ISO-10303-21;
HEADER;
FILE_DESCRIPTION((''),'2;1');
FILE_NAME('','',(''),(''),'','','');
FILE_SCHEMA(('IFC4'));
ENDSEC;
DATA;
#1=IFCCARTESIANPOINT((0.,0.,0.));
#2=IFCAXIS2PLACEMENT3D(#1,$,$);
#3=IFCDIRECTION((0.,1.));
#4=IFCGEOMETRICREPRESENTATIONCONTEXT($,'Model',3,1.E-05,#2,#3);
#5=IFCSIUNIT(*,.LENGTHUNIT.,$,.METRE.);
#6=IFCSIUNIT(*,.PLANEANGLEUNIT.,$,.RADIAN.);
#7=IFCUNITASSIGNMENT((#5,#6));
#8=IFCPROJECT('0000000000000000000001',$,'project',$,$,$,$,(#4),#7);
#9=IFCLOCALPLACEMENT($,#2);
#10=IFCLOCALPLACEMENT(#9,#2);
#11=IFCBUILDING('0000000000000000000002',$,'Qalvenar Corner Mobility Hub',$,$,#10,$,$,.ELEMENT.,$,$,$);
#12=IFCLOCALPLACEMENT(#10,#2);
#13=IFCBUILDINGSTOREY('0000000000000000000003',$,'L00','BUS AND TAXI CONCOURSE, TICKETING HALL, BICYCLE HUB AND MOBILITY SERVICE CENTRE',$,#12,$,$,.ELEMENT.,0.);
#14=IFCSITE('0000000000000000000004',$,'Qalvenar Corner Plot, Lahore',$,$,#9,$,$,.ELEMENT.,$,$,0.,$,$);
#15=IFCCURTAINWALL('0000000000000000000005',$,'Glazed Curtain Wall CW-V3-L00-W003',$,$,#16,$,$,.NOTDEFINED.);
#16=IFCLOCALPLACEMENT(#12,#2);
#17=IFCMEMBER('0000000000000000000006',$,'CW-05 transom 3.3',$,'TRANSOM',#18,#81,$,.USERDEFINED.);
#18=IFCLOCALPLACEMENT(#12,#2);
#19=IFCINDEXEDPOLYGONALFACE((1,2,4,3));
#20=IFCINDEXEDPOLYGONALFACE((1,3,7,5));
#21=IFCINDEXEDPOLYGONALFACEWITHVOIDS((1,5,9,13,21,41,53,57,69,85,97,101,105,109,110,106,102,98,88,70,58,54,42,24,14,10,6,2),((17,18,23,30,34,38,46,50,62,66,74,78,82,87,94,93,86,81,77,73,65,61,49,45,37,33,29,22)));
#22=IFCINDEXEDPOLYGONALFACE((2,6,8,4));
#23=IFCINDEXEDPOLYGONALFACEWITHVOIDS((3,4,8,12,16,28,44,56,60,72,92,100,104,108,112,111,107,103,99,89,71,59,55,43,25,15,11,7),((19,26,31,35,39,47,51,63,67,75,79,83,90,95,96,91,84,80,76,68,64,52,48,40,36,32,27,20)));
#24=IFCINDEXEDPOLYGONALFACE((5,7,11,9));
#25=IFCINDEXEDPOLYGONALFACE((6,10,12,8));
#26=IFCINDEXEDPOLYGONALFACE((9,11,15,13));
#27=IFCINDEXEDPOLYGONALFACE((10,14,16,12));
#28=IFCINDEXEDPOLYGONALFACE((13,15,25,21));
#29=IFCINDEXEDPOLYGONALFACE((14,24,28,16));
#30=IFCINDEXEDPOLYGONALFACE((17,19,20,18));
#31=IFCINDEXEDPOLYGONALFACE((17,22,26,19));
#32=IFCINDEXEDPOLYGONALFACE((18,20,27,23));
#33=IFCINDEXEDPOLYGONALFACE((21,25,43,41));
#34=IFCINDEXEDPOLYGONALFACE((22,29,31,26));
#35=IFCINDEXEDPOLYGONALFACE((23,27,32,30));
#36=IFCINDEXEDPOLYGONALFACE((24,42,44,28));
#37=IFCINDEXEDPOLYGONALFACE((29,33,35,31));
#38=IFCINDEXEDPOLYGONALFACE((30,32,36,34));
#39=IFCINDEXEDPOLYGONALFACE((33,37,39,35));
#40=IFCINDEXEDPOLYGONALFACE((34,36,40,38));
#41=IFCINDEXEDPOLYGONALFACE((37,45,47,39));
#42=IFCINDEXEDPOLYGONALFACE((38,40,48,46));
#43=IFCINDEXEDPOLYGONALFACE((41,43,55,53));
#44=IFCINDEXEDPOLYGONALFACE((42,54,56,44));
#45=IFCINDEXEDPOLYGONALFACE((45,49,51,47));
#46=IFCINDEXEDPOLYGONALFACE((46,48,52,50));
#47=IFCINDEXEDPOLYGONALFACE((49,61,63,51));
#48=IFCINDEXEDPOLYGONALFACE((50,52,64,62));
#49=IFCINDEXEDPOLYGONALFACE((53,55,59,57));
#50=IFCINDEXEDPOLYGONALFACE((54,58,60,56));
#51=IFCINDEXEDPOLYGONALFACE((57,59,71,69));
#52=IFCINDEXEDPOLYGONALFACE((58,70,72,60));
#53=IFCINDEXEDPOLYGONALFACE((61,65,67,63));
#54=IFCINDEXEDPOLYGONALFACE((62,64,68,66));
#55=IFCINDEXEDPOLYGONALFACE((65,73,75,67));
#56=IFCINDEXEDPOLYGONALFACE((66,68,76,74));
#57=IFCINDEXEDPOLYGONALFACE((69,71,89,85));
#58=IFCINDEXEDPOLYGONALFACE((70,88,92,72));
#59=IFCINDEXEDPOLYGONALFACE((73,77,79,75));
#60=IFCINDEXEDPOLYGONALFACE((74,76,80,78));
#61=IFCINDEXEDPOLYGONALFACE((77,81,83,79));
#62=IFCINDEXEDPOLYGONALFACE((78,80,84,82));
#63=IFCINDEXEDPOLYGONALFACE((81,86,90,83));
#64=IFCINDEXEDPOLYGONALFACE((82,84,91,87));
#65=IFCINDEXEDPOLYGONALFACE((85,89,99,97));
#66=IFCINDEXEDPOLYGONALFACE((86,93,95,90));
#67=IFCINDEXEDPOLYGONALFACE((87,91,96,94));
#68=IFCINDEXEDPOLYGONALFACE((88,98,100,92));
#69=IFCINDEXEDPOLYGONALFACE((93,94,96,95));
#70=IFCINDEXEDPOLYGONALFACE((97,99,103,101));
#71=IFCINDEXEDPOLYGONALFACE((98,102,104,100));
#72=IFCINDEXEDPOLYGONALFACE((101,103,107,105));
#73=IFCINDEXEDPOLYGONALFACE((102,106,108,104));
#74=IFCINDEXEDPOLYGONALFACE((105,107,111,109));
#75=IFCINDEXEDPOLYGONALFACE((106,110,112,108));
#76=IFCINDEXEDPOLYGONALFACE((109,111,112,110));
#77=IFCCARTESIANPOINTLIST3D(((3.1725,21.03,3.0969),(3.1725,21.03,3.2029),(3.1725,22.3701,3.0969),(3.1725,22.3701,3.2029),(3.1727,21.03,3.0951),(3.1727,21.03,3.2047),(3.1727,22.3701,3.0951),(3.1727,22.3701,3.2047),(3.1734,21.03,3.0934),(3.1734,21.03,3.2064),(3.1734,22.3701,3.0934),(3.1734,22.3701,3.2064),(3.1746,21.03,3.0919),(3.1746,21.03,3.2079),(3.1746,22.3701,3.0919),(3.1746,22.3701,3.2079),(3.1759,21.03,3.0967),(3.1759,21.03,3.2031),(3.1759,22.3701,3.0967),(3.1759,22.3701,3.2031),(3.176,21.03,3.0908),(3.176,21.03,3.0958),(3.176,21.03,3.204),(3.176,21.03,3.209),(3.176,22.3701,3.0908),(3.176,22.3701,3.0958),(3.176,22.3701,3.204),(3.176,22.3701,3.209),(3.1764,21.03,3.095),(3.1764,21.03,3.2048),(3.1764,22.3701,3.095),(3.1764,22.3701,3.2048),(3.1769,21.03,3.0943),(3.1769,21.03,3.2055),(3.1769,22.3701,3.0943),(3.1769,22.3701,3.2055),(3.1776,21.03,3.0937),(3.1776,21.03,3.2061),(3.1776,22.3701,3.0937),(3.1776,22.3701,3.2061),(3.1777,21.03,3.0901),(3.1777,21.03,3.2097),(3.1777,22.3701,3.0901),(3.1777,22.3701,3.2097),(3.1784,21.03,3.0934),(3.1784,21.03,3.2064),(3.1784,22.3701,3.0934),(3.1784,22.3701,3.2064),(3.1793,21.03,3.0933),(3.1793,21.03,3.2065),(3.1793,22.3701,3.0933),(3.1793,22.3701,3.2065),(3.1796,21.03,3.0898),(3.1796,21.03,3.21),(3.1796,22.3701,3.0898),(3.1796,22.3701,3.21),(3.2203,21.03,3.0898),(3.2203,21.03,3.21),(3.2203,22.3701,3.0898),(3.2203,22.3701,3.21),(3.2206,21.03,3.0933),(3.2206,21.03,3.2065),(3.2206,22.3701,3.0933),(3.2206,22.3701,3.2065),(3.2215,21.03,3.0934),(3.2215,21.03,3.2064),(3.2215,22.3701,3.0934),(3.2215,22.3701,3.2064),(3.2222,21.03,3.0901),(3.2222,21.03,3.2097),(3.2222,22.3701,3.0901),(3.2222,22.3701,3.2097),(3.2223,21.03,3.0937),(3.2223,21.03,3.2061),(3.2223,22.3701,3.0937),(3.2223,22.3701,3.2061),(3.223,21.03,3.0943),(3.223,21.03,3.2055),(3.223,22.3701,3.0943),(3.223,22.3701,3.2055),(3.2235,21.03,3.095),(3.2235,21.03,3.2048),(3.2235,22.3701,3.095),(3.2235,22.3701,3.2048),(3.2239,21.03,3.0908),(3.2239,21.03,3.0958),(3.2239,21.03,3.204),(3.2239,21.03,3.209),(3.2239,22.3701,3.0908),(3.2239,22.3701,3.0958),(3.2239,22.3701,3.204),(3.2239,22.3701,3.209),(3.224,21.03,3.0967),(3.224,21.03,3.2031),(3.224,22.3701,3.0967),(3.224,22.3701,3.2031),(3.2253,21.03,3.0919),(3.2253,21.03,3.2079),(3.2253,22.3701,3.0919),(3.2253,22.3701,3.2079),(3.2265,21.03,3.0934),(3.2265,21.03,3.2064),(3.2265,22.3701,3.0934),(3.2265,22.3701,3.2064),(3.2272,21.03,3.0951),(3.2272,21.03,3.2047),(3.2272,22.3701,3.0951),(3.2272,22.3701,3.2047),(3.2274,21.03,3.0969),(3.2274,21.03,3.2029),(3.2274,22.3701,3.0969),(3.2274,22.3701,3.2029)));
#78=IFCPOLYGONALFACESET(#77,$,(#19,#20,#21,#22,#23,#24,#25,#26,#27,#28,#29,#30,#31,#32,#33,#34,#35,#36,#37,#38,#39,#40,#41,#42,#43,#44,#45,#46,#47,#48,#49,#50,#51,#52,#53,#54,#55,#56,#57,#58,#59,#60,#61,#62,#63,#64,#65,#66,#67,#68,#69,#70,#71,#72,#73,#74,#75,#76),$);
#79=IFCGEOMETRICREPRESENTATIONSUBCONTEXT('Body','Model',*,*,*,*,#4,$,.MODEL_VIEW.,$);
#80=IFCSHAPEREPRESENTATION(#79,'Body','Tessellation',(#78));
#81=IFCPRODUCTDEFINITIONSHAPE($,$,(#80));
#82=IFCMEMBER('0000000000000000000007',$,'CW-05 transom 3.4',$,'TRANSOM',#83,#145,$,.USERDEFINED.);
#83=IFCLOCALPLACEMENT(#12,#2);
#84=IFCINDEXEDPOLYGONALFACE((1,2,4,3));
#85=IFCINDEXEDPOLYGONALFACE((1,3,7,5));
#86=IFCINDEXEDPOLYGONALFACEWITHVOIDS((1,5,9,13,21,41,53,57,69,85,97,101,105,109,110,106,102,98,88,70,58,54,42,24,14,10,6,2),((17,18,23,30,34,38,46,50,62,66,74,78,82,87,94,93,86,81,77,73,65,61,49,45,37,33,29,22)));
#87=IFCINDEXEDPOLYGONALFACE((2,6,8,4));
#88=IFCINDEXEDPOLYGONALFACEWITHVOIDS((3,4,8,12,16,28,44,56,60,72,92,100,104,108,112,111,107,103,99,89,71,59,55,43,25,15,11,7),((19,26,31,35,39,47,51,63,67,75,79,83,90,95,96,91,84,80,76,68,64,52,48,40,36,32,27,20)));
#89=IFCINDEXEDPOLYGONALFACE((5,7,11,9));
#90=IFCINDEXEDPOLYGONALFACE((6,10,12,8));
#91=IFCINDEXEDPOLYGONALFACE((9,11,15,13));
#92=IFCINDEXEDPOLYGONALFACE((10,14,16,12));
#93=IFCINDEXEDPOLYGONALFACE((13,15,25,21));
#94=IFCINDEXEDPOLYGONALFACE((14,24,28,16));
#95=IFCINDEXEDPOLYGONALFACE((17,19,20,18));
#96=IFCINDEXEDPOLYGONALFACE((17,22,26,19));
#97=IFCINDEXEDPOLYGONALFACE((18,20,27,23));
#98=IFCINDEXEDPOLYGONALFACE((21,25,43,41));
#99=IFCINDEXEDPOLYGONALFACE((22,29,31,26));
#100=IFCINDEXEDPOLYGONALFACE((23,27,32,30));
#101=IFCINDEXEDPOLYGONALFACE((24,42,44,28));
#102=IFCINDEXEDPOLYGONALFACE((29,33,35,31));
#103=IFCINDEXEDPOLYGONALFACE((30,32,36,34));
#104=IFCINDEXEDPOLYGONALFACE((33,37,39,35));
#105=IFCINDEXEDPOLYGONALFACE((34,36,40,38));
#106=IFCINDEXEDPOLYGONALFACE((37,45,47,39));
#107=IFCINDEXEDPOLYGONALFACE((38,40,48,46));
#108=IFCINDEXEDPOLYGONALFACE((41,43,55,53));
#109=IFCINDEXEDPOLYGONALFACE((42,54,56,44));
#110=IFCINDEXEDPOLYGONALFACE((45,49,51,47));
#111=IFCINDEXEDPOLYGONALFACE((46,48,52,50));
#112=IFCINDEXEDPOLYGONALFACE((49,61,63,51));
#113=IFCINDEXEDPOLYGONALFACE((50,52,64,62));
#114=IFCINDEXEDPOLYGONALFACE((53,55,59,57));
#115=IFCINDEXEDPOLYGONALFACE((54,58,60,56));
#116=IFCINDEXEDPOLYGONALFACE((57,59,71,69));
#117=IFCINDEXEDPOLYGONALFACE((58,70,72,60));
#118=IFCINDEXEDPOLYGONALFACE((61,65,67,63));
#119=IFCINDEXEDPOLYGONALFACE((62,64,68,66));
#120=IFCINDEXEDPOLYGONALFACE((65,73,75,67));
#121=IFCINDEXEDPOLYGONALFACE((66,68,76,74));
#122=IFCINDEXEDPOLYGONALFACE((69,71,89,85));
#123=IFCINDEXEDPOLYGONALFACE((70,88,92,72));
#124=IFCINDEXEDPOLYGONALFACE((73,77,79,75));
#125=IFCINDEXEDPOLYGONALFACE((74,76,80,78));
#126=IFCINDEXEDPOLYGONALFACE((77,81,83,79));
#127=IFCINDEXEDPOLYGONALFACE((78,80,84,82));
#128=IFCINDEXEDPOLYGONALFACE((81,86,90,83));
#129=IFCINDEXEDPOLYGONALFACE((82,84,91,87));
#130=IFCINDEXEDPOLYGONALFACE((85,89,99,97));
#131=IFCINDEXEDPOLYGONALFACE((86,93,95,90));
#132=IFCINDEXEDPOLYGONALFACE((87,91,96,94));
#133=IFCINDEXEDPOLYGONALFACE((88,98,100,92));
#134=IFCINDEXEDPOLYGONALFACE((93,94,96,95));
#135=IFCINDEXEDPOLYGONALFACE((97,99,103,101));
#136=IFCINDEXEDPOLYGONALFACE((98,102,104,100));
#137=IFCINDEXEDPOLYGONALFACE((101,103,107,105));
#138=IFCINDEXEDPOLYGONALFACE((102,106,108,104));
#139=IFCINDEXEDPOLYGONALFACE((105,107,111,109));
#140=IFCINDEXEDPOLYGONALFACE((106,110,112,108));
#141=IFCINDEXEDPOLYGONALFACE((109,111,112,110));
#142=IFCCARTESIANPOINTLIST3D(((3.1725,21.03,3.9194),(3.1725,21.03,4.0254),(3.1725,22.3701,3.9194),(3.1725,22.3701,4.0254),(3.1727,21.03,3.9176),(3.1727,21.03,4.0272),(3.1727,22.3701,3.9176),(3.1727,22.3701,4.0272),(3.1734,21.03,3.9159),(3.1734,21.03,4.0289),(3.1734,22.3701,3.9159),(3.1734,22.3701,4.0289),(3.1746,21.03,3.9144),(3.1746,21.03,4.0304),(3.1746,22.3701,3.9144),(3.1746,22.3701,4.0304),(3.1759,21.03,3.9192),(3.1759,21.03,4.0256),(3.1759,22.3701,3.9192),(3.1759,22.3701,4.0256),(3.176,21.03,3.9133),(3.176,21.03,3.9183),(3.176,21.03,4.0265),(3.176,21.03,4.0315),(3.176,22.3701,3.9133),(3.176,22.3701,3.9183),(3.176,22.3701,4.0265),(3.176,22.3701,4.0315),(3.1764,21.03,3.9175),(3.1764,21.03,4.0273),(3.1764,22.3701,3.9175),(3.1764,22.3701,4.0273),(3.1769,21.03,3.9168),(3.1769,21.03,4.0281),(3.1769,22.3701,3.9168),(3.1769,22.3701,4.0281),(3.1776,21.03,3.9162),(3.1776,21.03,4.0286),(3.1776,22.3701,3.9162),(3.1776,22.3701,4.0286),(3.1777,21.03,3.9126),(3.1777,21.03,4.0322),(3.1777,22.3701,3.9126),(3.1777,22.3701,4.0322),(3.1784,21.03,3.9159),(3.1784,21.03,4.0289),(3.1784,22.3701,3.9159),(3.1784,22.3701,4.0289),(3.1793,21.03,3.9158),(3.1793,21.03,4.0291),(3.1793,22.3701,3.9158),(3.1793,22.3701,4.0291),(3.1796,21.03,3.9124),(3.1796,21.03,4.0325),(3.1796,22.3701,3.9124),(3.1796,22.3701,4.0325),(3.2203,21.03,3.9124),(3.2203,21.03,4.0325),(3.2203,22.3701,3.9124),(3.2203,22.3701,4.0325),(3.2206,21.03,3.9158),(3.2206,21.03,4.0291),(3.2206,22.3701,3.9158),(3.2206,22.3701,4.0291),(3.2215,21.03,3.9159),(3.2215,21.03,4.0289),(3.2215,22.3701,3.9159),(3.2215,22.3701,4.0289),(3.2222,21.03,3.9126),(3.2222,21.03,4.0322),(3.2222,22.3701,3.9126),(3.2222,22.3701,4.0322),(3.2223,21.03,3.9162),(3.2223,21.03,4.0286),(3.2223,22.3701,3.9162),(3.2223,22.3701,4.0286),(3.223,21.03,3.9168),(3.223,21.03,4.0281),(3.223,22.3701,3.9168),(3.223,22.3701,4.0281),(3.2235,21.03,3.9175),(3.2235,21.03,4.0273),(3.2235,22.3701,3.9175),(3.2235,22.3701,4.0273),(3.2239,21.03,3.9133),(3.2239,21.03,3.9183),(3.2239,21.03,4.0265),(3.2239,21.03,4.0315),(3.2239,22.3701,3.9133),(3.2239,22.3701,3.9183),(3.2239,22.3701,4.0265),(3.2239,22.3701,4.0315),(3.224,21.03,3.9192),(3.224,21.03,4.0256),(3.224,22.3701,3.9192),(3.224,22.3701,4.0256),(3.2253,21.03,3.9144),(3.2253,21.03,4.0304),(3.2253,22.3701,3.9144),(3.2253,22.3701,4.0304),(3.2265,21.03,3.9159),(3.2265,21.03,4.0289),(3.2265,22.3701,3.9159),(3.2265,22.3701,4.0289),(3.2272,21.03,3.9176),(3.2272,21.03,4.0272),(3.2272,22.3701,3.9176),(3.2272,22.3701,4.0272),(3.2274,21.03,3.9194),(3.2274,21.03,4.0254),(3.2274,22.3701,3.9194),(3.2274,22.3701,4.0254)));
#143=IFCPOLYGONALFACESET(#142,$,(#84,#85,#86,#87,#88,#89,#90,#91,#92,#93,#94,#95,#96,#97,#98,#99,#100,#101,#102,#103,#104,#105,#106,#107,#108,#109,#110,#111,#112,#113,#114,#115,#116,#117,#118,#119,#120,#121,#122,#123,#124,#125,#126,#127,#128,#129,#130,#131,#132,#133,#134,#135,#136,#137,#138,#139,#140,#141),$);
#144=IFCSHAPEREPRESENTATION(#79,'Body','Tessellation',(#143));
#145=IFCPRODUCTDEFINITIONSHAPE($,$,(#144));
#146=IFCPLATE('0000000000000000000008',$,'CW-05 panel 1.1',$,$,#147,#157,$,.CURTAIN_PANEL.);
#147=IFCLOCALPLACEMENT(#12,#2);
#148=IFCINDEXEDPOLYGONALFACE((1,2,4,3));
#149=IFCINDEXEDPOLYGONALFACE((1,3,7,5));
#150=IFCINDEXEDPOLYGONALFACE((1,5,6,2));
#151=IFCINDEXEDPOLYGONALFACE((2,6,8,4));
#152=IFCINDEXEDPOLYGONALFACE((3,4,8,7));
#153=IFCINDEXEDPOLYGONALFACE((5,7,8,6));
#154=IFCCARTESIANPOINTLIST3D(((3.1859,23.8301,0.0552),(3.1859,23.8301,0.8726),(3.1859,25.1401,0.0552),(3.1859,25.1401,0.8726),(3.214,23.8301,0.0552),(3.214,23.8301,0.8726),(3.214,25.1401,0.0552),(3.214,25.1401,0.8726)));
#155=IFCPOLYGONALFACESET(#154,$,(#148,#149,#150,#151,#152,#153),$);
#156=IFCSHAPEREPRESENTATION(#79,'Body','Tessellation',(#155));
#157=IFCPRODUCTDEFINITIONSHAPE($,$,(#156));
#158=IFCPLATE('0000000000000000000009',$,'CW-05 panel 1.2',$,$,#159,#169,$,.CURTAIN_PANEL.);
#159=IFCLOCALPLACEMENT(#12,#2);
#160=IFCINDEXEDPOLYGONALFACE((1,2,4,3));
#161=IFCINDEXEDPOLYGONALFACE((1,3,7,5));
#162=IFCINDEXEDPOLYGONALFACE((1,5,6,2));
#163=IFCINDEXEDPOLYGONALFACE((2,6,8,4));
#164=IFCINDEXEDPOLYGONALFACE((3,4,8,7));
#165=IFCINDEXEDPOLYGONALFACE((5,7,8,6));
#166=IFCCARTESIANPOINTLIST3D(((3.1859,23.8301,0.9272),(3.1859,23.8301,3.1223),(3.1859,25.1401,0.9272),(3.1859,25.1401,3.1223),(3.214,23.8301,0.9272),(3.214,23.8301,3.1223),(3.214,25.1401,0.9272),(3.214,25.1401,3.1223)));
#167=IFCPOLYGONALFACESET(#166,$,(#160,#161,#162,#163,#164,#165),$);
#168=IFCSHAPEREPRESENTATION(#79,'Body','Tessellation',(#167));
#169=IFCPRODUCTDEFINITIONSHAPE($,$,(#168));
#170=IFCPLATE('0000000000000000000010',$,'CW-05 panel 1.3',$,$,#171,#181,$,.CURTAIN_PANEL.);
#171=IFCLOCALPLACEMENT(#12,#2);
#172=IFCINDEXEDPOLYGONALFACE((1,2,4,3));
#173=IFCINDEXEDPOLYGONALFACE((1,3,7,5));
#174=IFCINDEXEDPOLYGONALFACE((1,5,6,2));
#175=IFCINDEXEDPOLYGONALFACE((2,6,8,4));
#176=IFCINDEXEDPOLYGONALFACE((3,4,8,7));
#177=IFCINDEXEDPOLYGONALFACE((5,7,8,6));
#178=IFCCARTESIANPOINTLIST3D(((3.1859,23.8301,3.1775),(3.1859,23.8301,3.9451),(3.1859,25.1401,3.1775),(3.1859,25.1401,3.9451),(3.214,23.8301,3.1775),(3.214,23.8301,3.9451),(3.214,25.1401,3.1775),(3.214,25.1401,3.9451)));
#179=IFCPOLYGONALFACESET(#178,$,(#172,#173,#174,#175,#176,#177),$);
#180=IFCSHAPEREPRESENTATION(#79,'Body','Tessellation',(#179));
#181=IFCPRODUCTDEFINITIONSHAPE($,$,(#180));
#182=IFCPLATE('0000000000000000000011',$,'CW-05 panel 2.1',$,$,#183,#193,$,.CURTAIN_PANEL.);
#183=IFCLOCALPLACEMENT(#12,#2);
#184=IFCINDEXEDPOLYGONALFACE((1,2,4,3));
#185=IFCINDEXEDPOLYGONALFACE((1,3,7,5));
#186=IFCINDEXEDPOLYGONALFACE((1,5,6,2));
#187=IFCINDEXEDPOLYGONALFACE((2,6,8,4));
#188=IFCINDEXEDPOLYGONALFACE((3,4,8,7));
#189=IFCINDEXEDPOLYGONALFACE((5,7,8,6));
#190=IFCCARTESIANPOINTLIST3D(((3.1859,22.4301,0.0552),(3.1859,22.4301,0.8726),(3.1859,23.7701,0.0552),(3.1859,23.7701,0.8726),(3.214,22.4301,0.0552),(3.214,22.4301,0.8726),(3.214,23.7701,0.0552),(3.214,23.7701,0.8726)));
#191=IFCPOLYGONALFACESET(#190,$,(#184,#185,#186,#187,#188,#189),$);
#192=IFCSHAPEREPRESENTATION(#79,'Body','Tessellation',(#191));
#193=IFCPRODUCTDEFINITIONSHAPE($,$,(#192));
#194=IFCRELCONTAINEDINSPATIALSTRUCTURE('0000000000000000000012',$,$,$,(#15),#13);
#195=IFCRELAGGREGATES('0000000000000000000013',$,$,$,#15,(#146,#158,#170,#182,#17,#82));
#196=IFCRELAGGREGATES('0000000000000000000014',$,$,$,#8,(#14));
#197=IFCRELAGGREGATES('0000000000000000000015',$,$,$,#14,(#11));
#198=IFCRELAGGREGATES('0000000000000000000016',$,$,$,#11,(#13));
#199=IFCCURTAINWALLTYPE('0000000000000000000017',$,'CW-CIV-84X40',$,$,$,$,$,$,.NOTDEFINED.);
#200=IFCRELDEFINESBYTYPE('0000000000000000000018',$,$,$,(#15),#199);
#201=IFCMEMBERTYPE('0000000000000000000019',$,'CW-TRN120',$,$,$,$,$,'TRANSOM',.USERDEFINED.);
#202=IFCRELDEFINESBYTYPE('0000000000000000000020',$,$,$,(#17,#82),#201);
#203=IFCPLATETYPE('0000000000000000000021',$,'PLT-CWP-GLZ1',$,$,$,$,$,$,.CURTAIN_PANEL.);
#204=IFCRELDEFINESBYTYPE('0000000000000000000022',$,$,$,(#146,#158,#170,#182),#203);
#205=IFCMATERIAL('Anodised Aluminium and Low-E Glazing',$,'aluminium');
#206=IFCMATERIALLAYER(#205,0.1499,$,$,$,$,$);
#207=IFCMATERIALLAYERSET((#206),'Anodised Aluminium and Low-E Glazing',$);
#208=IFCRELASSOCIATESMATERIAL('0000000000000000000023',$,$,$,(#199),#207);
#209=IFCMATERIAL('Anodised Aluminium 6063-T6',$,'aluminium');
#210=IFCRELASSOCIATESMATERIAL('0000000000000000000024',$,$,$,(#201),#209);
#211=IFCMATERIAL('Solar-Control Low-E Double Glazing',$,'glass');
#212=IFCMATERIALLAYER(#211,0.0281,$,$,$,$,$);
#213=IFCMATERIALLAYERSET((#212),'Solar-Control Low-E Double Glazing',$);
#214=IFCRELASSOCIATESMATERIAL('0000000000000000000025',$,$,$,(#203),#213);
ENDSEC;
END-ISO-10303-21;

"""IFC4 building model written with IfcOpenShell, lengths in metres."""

from ifc_helpers import new_model, si_unit, direction, frame, origin, origin_2d, place, context, subcontext, project, spatial, rectangle, hollow_rectangle, extrude, material, layer, layer_set, material_profile, profile_set, type_object, element, aggregate, save


model = new_model("IFC4")

# Units and contexts
model_context = context("Model", 3, precision=1e-05, world=origin(), true_north=direction((0.0, 1.0)))
body_context = subcontext(model_context, "Body", "Model", "MODEL_VIEW")
ifc_project = project(units=[si_unit("LENGTHUNIT", "METRE"), si_unit("PLANEANGLEUNIT", "RADIAN")], contexts=[model_context])

# Site, building, storey
site_placement = place(None, origin())
site = spatial("IfcSite", under=ifc_project, at=site_placement, Name="Qalvenar Corner Plot, Lahore", CompositionType="ELEMENT", RefElevation=0.0)
building_placement = place(site_placement, origin())
building = spatial("IfcBuilding", under=site, at=building_placement, Name="Qalvenar Corner Mobility Hub", CompositionType="ELEMENT")
storey_placement = place(building_placement, origin())
storey = spatial("IfcBuildingStorey", under=building, at=storey_placement, Name="L00", Description="BUS AND TAXI CONCOURSE, TICKETING HALL, BICYCLE HUB AND MOBILITY SERVICE CENTRE", CompositionType="ELEMENT", Elevation=0.0)

# Curtain wall
ifc_material_1 = material(Name="Anodised Aluminium and Low-E Glazing", Category="aluminium")
ifc_layer_1 = layer(ifc_material_1, 0.1499)
ifc_layer_set_1 = layer_set([ifc_layer_1], Name="Anodised Aluminium and Low-E Glazing")
curtain_wall_type = type_object("IfcCurtainWallType", Name="CW-CIV-84X40", PredefinedType="NOTDEFINED", material=ifc_layer_set_1)
curtain_wall_1_placement = place(storey_placement, origin())
curtain_wall_1 = element("IfcCurtainWall", 1, at=curtain_wall_1_placement, inside=storey, type_object=curtain_wall_type, Name="Glazed Curtain Wall CW-V3-L00-W003", PredefinedType="NOTDEFINED")
ifc_material_2 = material(Name="Anodised Aluminium 6063-T6", Category="aluminium")

# Members
ifc_material_profile_1 = material_profile(ifc_material_2, hollow_rectangle(XDim=0.0549, YDim=0.1201, WallThickness=0.0034, InnerFilletRadius=0.0034, OuterFilletRadius=0.0071, at=origin_2d()), Name="RHS120x55x3.5")
ifc_profile_set_1 = profile_set([ifc_material_profile_1], Name="Anodised Aluminium 6063-T6")
member_type_1 = type_object("IfcMemberType", Name="CW-TRN120", ElementType="TRANSOM", PredefinedType="USERDEFINED", material=ifc_profile_set_1)
member_1_placement = place(storey_placement, frame((3.2, 22.3701, 3.1499), z_axis=(0.0, -1.0, 0.0), x_axis=(1.0, 0.0, 0.0)))
member_1 = element("IfcMember", 2, at=member_1_placement, type_object=member_type_1, Name="CW-05 transom 3.3", ObjectType="TRANSOM", PredefinedType="USERDEFINED", context=body_context, shape_type="SweptSolid", body=[
    extrude(hollow_rectangle(XDim=0.0549, YDim=0.1201, WallThickness=0.0034, InnerFilletRadius=0.0034, OuterFilletRadius=0.0071, at=origin_2d()), origin(), (0.0, 0.0, 1.0), 1.3401),
])
member_2_placement = place(storey_placement, frame((3.2, 22.3701, 3.9724), z_axis=(0.0, -1.0, 0.0), x_axis=(1.0, 0.0, 0.0)))
member_2 = element("IfcMember", 3, at=member_2_placement, type_object=member_type_1, Name="CW-05 transom 3.4", ObjectType="TRANSOM", PredefinedType="USERDEFINED", context=body_context, shape_type="SweptSolid", body=[
    extrude(hollow_rectangle(XDim=0.0549, YDim=0.1201, WallThickness=0.0034, InnerFilletRadius=0.0034, OuterFilletRadius=0.0071, at=origin_2d()), origin(), (0.0, 0.0, 1.0), 1.3401),
])

# Plates
ifc_material_3 = material(Name="Solar-Control Low-E Double Glazing", Category="glass")
ifc_layer_2 = layer(ifc_material_3, 0.0281)
ifc_layer_set_2 = layer_set([ifc_layer_2], Name="Solar-Control Low-E Double Glazing")
plate_type = type_object("IfcPlateType", Name="PLT-CWP-GLZ1", PredefinedType="CURTAIN_PANEL", material=ifc_layer_set_2)
plate_1_placement = place(storey_placement, frame((3.2, 24.4851, 0.0552), z_axis=(0.0, 0.0, 1.0), x_axis=(0.0, -1.0, 0.0)))
plate_1 = element("IfcPlate", 4, at=plate_1_placement, type_object=plate_type, Name="CW-05 panel 1.1", PredefinedType="CURTAIN_PANEL", context=body_context, shape_type="SweptSolid", body=[
    extrude(rectangle(XDim=1.3101, YDim=0.0281, at=origin_2d()), origin(), (0.0, 0.0, 1.0), 0.8174),
])
plate_2_placement = place(storey_placement, frame((3.2, 24.4851, 0.9272), z_axis=(0.0, 0.0, 1.0), x_axis=(0.0, -1.0, 0.0)))
plate_2 = element("IfcPlate", 5, at=plate_2_placement, type_object=plate_type, Name="CW-05 panel 1.2", PredefinedType="CURTAIN_PANEL", context=body_context, shape_type="SweptSolid", body=[
    extrude(rectangle(XDim=1.3101, YDim=0.0281, at=origin_2d()), origin(), (0.0, 0.0, 1.0), 2.1951),
])
plate_3_placement = place(storey_placement, frame((3.2, 24.4851, 3.1775), z_axis=(0.0, 0.0, 1.0), x_axis=(0.0, -1.0, 0.0)))
plate_3 = element("IfcPlate", 6, at=plate_3_placement, type_object=plate_type, Name="CW-05 panel 1.3", PredefinedType="CURTAIN_PANEL", context=body_context, shape_type="SweptSolid", body=[
    extrude(rectangle(XDim=1.3101, YDim=0.0281, at=origin_2d()), origin(), (0.0, 0.0, 1.0), 0.7676),
])
plate_4_placement = place(storey_placement, frame((3.2, 23.1001, 0.0552), z_axis=(0.0, 0.0, 1.0), x_axis=(0.0, -1.0, 0.0)))
plate_4 = element("IfcPlate", 7, at=plate_4_placement, type_object=plate_type, Name="CW-05 panel 2.1", PredefinedType="CURTAIN_PANEL", context=body_context, shape_type="SweptSolid", body=[
    extrude(rectangle(XDim=1.3401, YDim=0.0281, at=origin_2d()), origin(), (0.0, 0.0, 1.0), 0.8174),
])
aggregate(curtain_wall_1, [plate_1, plate_2, plate_3, plate_4, member_1, member_2])

save(model, "model.ifc")
